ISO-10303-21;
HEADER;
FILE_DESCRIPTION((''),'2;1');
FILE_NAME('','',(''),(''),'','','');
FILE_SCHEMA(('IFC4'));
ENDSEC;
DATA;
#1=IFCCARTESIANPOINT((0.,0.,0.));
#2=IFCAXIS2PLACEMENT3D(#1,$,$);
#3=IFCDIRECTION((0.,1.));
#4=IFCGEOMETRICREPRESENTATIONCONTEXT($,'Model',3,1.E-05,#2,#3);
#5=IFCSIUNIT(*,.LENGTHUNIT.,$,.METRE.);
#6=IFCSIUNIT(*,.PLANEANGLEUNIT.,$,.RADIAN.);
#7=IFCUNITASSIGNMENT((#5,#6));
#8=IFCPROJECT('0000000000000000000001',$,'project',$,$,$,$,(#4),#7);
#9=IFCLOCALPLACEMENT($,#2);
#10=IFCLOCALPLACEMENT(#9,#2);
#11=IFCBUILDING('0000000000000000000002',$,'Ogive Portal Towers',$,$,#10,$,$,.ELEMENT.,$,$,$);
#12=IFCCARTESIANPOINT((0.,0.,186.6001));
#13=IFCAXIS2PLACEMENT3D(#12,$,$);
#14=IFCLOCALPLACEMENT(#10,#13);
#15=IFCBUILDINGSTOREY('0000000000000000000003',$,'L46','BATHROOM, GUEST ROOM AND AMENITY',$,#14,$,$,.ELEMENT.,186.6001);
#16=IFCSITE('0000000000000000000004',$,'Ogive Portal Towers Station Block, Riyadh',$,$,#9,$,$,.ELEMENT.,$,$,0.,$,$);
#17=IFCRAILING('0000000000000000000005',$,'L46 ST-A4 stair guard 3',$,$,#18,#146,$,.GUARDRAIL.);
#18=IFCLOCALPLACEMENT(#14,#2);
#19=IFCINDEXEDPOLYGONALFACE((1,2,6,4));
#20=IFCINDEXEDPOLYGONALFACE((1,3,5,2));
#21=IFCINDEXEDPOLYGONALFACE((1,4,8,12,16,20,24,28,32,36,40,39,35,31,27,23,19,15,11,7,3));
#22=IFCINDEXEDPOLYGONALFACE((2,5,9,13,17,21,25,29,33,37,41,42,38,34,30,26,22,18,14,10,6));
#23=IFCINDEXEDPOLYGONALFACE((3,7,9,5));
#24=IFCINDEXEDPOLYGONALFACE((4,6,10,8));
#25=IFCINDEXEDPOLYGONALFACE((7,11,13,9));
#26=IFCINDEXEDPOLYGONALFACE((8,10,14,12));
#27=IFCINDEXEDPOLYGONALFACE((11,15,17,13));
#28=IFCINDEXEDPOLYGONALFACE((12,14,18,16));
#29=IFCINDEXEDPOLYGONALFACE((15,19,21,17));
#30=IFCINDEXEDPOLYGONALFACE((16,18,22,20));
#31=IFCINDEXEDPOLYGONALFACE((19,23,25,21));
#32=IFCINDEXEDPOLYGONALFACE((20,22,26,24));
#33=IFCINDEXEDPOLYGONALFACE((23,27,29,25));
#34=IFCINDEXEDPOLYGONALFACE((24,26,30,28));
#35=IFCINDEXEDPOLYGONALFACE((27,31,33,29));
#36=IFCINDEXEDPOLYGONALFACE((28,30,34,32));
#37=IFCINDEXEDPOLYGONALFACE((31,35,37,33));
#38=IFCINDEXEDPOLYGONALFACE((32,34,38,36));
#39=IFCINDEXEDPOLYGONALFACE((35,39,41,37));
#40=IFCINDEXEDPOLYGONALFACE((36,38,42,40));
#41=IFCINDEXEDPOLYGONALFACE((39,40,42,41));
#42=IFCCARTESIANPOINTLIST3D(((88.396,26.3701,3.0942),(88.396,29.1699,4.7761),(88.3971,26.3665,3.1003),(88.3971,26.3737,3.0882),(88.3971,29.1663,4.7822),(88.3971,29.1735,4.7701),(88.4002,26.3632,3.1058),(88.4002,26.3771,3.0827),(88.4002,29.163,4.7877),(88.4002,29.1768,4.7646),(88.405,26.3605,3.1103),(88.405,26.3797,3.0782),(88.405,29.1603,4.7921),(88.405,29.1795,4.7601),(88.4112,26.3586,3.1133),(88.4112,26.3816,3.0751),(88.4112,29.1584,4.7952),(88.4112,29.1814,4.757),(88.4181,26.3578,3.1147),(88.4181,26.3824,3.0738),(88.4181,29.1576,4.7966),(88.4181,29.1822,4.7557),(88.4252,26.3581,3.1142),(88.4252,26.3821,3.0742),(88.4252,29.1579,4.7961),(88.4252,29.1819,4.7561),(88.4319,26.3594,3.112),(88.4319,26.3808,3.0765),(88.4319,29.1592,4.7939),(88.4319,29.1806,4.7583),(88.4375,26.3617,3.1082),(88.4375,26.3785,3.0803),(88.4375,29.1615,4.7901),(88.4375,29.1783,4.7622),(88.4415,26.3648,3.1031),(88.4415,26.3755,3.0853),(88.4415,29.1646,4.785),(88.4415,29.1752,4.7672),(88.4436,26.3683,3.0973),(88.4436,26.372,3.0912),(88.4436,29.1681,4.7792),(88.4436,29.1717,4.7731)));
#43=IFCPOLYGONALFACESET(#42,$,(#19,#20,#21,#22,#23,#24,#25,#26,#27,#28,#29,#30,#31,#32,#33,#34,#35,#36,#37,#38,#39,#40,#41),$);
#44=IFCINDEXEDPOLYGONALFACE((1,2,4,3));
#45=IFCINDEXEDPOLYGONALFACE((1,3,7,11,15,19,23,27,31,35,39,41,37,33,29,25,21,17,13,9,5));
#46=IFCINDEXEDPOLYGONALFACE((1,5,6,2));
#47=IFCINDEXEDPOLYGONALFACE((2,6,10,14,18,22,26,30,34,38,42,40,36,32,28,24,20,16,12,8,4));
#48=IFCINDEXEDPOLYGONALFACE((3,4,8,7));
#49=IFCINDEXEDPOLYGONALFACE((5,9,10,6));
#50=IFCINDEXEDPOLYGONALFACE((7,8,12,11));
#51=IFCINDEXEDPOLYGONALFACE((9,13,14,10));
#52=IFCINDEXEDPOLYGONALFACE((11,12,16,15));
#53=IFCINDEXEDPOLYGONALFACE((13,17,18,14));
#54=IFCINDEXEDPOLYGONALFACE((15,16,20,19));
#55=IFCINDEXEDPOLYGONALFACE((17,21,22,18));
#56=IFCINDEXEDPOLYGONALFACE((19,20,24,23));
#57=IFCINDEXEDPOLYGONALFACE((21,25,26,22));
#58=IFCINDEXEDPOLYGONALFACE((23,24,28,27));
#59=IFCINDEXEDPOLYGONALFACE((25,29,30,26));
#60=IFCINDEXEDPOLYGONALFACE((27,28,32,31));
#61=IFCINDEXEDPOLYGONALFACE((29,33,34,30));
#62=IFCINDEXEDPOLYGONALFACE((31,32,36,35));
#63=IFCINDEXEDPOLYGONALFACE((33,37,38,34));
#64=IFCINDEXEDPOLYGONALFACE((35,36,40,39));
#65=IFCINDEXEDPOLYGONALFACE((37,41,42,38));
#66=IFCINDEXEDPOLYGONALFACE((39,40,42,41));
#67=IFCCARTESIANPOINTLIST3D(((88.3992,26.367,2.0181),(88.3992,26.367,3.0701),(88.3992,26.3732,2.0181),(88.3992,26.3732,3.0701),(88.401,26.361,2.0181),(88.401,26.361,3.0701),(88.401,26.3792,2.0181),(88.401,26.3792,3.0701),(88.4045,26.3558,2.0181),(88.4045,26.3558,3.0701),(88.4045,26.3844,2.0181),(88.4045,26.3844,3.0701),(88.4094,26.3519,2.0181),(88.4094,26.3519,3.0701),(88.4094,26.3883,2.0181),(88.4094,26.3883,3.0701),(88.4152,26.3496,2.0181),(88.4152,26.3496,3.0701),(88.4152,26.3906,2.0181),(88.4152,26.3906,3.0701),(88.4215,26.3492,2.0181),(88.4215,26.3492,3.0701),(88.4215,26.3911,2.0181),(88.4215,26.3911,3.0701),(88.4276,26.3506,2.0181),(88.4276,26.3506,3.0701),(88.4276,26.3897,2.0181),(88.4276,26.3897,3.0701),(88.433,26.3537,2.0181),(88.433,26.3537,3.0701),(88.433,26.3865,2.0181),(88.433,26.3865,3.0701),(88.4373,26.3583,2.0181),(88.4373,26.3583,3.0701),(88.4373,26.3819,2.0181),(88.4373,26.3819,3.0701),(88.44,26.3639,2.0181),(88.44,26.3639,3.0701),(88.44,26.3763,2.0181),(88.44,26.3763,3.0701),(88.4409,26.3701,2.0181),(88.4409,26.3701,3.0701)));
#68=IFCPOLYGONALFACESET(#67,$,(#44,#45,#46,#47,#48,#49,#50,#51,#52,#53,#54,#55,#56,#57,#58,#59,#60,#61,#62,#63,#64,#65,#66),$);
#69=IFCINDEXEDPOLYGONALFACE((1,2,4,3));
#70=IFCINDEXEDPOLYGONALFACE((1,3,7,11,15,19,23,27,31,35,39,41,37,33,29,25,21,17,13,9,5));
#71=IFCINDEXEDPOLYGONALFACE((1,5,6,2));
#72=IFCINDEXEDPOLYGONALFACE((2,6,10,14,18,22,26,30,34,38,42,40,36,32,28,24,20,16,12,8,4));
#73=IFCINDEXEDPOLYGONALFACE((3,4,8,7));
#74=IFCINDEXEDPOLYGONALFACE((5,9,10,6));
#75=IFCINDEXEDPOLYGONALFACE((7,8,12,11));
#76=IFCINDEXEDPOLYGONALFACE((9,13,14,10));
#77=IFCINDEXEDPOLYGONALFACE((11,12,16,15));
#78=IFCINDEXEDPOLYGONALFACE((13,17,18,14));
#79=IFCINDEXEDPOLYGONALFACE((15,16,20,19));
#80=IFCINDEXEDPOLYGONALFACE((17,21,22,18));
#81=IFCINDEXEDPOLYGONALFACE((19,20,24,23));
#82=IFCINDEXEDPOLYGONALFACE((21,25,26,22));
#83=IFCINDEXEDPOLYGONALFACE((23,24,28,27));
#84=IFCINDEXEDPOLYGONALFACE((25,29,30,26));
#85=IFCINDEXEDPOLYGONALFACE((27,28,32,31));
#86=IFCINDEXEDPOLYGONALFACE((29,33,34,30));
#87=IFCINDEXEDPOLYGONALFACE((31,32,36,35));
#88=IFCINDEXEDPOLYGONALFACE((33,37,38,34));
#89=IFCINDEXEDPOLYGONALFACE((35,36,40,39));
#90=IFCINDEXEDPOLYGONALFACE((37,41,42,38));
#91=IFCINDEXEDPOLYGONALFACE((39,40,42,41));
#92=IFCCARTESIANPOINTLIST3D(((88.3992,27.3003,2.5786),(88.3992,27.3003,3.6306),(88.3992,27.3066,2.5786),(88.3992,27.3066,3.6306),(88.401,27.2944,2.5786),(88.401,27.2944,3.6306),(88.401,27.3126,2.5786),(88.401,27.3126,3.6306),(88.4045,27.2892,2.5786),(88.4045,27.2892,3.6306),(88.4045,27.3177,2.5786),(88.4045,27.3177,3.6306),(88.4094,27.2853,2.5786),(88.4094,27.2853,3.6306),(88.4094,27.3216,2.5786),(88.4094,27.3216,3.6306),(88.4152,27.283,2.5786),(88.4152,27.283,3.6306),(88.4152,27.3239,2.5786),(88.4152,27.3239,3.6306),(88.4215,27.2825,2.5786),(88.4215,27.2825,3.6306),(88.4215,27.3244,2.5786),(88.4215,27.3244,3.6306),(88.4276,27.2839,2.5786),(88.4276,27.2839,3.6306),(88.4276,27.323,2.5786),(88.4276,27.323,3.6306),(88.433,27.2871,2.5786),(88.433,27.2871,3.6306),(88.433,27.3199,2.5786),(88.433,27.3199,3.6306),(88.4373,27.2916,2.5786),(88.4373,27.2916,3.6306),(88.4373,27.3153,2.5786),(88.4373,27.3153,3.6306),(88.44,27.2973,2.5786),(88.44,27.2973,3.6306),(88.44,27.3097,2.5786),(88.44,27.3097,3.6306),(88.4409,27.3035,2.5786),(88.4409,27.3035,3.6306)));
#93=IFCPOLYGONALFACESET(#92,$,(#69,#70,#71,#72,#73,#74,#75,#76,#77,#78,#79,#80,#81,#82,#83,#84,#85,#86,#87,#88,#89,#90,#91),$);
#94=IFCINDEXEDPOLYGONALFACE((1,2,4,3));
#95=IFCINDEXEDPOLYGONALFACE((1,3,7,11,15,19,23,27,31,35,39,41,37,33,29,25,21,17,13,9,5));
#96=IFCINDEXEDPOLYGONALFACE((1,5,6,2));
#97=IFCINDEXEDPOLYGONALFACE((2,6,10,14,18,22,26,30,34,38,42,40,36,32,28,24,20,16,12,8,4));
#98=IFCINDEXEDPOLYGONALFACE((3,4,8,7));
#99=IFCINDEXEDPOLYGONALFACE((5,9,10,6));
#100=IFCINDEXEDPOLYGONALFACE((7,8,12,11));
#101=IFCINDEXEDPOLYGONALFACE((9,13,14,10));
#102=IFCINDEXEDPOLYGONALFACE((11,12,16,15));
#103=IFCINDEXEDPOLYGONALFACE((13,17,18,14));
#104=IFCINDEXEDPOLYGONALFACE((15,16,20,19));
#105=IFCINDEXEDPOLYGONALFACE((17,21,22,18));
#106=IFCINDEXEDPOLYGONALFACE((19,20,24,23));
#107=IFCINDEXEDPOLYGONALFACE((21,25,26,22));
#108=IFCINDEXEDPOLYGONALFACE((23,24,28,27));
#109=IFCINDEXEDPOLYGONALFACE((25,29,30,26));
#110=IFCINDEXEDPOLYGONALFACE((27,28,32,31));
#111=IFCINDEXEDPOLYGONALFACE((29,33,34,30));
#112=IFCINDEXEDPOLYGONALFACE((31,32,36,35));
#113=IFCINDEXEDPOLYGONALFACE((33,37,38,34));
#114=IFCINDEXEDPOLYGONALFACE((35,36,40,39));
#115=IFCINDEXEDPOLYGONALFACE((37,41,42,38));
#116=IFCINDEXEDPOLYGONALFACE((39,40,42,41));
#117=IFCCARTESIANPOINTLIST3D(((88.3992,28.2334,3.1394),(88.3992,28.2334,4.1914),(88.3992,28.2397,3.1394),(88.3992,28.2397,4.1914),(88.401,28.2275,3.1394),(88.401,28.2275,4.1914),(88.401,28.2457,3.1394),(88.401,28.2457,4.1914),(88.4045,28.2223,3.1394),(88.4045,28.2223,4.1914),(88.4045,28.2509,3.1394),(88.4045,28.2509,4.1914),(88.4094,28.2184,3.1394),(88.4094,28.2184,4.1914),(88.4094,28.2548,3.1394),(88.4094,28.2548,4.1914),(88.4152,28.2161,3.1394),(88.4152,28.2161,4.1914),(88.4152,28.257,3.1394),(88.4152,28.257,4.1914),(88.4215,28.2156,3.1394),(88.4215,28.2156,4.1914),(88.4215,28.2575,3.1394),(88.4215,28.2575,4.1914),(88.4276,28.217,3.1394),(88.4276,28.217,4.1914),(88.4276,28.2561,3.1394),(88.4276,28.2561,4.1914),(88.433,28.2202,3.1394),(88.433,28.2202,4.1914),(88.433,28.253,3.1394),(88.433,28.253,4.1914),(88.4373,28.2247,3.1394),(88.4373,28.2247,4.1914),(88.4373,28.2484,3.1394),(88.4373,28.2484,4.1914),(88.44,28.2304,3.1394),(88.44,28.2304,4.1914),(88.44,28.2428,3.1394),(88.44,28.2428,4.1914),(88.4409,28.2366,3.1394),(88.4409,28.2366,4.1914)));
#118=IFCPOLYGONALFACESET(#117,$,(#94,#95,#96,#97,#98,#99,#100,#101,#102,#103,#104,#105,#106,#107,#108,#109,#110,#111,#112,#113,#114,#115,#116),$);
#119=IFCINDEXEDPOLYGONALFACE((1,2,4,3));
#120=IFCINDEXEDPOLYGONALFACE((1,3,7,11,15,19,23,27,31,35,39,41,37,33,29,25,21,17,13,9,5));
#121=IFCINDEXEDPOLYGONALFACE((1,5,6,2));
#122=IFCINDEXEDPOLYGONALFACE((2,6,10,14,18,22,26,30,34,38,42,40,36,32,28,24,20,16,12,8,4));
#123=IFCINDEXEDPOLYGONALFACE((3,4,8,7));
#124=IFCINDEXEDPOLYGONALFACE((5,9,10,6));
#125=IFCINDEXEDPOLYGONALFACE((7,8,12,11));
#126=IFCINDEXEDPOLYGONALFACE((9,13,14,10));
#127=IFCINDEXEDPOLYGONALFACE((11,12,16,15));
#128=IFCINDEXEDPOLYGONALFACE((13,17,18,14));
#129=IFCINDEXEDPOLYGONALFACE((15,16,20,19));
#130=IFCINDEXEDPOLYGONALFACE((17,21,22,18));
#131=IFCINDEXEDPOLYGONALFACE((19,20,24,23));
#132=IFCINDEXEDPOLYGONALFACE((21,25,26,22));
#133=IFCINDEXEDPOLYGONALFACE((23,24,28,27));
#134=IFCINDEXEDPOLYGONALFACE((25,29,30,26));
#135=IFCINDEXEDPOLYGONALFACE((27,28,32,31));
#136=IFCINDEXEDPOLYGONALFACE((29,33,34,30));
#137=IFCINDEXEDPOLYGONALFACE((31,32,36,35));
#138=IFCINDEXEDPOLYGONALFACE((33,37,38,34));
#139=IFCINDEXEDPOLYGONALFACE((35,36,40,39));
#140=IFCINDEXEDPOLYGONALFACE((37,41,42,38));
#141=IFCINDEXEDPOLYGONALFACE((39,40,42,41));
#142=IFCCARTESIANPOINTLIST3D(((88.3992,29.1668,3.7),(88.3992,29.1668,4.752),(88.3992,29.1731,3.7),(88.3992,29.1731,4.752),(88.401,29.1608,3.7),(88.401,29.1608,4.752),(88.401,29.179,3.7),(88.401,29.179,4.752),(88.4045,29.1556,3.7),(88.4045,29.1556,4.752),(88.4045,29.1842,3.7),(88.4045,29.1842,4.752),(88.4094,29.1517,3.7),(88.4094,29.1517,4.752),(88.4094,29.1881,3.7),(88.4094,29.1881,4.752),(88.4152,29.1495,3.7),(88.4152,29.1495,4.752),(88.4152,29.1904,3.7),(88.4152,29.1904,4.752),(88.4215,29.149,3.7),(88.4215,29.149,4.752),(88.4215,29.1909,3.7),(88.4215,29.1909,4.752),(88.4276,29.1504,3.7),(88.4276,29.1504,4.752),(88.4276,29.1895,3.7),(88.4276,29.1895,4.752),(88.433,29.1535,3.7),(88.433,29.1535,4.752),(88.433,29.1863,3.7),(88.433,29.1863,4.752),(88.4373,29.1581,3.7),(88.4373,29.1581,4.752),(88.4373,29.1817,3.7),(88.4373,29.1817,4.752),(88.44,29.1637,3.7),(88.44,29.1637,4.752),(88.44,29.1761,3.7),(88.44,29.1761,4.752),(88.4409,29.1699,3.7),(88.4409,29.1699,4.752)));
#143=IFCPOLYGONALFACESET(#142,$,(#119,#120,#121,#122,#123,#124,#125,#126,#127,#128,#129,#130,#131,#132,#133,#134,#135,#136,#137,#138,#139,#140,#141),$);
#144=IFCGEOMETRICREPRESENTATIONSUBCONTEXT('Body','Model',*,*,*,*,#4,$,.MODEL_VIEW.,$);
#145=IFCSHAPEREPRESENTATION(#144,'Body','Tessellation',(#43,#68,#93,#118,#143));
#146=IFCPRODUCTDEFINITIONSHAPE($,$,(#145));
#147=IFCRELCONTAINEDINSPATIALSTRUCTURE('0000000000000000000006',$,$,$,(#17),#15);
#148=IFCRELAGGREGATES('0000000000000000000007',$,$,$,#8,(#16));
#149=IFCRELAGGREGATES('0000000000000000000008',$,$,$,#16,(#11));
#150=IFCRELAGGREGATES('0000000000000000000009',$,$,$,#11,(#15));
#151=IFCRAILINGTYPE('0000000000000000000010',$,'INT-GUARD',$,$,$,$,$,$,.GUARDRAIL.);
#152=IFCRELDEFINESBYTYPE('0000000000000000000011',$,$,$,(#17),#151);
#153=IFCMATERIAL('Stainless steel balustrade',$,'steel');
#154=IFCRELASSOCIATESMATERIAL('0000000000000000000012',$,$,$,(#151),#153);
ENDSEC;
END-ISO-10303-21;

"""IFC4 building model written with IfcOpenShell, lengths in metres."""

from ifc_helpers import new_model, si_unit, direction, frame, origin, origin_2d, place, context, subcontext, project, spatial, circle, extrude, material, type_object, element, save


model = new_model("IFC4")

# Units and contexts
model_context = context("Model", 3, precision=1e-05, world=origin(), true_north=direction((0.0, 1.0)))
body_context = subcontext(model_context, "Body", "Model", "MODEL_VIEW")
ifc_project = project(units=[si_unit("LENGTHUNIT", "METRE"), si_unit("PLANEANGLEUNIT", "RADIAN")], contexts=[model_context])

# Site, building, storey
site_placement = place(None, origin())
site = spatial("IfcSite", under=ifc_project, at=site_placement, Name="Ogive Portal Towers Station Block, Riyadh", CompositionType="ELEMENT", RefElevation=0.0)
building_placement = place(site_placement, origin())
building = spatial("IfcBuilding", under=site, at=building_placement, Name="Ogive Portal Towers", CompositionType="ELEMENT")
storey_placement = place(building_placement, frame((0.0, 0.0, 186.6001)))
storey = spatial("IfcBuildingStorey", under=building, at=storey_placement, Name="L46", Description="BATHROOM, GUEST ROOM AND AMENITY", CompositionType="ELEMENT", Elevation=186.6001)

# Railing
ifc_material_1 = material(Name="Stainless steel balustrade", Category="steel")
railing_type_1 = type_object("IfcRailingType", Name="INT-GUARD", PredefinedType="GUARDRAIL", material=ifc_material_1)
railing_1_placement = place(storey_placement, frame((88.4199, 26.3701, 2.0181)))
element("IfcRailing", 1, at=railing_1_placement, inside=storey, type_object=railing_type_1, Name="L46 ST-A4 stair guard 3", PredefinedType="GUARDRAIL", context=body_context, shape_type="SweptSolid", body=[
    extrude(circle(Radius=0.0239, at=origin_2d()), frame((0.0, 0.0, 1.0762), z_axis=(0.0, 0.857222, 0.514946), x_axis=(-1.0, 0.0, 0.0)), (0.0, 0.0, 1.0), 3.2661),
    extrude(circle(Radius=0.021, at=origin_2d()), origin(), (0.0, 0.0, 1.0), 1.052),
    extrude(circle(Radius=0.021, at=origin_2d()), frame((0.0, 0.9333, 0.5605)), (0.0, 0.0, 1.0), 1.052),
    extrude(circle(Radius=0.021, at=origin_2d()), frame((0.0, 1.8665, 1.1213)), (0.0, 0.0, 1.0), 1.052),
    extrude(circle(Radius=0.021, at=origin_2d()), frame((0.0, 2.7998, 1.6819)), (0.0, 0.0, 1.0), 1.052),
])

save(model, "model.ifc")
